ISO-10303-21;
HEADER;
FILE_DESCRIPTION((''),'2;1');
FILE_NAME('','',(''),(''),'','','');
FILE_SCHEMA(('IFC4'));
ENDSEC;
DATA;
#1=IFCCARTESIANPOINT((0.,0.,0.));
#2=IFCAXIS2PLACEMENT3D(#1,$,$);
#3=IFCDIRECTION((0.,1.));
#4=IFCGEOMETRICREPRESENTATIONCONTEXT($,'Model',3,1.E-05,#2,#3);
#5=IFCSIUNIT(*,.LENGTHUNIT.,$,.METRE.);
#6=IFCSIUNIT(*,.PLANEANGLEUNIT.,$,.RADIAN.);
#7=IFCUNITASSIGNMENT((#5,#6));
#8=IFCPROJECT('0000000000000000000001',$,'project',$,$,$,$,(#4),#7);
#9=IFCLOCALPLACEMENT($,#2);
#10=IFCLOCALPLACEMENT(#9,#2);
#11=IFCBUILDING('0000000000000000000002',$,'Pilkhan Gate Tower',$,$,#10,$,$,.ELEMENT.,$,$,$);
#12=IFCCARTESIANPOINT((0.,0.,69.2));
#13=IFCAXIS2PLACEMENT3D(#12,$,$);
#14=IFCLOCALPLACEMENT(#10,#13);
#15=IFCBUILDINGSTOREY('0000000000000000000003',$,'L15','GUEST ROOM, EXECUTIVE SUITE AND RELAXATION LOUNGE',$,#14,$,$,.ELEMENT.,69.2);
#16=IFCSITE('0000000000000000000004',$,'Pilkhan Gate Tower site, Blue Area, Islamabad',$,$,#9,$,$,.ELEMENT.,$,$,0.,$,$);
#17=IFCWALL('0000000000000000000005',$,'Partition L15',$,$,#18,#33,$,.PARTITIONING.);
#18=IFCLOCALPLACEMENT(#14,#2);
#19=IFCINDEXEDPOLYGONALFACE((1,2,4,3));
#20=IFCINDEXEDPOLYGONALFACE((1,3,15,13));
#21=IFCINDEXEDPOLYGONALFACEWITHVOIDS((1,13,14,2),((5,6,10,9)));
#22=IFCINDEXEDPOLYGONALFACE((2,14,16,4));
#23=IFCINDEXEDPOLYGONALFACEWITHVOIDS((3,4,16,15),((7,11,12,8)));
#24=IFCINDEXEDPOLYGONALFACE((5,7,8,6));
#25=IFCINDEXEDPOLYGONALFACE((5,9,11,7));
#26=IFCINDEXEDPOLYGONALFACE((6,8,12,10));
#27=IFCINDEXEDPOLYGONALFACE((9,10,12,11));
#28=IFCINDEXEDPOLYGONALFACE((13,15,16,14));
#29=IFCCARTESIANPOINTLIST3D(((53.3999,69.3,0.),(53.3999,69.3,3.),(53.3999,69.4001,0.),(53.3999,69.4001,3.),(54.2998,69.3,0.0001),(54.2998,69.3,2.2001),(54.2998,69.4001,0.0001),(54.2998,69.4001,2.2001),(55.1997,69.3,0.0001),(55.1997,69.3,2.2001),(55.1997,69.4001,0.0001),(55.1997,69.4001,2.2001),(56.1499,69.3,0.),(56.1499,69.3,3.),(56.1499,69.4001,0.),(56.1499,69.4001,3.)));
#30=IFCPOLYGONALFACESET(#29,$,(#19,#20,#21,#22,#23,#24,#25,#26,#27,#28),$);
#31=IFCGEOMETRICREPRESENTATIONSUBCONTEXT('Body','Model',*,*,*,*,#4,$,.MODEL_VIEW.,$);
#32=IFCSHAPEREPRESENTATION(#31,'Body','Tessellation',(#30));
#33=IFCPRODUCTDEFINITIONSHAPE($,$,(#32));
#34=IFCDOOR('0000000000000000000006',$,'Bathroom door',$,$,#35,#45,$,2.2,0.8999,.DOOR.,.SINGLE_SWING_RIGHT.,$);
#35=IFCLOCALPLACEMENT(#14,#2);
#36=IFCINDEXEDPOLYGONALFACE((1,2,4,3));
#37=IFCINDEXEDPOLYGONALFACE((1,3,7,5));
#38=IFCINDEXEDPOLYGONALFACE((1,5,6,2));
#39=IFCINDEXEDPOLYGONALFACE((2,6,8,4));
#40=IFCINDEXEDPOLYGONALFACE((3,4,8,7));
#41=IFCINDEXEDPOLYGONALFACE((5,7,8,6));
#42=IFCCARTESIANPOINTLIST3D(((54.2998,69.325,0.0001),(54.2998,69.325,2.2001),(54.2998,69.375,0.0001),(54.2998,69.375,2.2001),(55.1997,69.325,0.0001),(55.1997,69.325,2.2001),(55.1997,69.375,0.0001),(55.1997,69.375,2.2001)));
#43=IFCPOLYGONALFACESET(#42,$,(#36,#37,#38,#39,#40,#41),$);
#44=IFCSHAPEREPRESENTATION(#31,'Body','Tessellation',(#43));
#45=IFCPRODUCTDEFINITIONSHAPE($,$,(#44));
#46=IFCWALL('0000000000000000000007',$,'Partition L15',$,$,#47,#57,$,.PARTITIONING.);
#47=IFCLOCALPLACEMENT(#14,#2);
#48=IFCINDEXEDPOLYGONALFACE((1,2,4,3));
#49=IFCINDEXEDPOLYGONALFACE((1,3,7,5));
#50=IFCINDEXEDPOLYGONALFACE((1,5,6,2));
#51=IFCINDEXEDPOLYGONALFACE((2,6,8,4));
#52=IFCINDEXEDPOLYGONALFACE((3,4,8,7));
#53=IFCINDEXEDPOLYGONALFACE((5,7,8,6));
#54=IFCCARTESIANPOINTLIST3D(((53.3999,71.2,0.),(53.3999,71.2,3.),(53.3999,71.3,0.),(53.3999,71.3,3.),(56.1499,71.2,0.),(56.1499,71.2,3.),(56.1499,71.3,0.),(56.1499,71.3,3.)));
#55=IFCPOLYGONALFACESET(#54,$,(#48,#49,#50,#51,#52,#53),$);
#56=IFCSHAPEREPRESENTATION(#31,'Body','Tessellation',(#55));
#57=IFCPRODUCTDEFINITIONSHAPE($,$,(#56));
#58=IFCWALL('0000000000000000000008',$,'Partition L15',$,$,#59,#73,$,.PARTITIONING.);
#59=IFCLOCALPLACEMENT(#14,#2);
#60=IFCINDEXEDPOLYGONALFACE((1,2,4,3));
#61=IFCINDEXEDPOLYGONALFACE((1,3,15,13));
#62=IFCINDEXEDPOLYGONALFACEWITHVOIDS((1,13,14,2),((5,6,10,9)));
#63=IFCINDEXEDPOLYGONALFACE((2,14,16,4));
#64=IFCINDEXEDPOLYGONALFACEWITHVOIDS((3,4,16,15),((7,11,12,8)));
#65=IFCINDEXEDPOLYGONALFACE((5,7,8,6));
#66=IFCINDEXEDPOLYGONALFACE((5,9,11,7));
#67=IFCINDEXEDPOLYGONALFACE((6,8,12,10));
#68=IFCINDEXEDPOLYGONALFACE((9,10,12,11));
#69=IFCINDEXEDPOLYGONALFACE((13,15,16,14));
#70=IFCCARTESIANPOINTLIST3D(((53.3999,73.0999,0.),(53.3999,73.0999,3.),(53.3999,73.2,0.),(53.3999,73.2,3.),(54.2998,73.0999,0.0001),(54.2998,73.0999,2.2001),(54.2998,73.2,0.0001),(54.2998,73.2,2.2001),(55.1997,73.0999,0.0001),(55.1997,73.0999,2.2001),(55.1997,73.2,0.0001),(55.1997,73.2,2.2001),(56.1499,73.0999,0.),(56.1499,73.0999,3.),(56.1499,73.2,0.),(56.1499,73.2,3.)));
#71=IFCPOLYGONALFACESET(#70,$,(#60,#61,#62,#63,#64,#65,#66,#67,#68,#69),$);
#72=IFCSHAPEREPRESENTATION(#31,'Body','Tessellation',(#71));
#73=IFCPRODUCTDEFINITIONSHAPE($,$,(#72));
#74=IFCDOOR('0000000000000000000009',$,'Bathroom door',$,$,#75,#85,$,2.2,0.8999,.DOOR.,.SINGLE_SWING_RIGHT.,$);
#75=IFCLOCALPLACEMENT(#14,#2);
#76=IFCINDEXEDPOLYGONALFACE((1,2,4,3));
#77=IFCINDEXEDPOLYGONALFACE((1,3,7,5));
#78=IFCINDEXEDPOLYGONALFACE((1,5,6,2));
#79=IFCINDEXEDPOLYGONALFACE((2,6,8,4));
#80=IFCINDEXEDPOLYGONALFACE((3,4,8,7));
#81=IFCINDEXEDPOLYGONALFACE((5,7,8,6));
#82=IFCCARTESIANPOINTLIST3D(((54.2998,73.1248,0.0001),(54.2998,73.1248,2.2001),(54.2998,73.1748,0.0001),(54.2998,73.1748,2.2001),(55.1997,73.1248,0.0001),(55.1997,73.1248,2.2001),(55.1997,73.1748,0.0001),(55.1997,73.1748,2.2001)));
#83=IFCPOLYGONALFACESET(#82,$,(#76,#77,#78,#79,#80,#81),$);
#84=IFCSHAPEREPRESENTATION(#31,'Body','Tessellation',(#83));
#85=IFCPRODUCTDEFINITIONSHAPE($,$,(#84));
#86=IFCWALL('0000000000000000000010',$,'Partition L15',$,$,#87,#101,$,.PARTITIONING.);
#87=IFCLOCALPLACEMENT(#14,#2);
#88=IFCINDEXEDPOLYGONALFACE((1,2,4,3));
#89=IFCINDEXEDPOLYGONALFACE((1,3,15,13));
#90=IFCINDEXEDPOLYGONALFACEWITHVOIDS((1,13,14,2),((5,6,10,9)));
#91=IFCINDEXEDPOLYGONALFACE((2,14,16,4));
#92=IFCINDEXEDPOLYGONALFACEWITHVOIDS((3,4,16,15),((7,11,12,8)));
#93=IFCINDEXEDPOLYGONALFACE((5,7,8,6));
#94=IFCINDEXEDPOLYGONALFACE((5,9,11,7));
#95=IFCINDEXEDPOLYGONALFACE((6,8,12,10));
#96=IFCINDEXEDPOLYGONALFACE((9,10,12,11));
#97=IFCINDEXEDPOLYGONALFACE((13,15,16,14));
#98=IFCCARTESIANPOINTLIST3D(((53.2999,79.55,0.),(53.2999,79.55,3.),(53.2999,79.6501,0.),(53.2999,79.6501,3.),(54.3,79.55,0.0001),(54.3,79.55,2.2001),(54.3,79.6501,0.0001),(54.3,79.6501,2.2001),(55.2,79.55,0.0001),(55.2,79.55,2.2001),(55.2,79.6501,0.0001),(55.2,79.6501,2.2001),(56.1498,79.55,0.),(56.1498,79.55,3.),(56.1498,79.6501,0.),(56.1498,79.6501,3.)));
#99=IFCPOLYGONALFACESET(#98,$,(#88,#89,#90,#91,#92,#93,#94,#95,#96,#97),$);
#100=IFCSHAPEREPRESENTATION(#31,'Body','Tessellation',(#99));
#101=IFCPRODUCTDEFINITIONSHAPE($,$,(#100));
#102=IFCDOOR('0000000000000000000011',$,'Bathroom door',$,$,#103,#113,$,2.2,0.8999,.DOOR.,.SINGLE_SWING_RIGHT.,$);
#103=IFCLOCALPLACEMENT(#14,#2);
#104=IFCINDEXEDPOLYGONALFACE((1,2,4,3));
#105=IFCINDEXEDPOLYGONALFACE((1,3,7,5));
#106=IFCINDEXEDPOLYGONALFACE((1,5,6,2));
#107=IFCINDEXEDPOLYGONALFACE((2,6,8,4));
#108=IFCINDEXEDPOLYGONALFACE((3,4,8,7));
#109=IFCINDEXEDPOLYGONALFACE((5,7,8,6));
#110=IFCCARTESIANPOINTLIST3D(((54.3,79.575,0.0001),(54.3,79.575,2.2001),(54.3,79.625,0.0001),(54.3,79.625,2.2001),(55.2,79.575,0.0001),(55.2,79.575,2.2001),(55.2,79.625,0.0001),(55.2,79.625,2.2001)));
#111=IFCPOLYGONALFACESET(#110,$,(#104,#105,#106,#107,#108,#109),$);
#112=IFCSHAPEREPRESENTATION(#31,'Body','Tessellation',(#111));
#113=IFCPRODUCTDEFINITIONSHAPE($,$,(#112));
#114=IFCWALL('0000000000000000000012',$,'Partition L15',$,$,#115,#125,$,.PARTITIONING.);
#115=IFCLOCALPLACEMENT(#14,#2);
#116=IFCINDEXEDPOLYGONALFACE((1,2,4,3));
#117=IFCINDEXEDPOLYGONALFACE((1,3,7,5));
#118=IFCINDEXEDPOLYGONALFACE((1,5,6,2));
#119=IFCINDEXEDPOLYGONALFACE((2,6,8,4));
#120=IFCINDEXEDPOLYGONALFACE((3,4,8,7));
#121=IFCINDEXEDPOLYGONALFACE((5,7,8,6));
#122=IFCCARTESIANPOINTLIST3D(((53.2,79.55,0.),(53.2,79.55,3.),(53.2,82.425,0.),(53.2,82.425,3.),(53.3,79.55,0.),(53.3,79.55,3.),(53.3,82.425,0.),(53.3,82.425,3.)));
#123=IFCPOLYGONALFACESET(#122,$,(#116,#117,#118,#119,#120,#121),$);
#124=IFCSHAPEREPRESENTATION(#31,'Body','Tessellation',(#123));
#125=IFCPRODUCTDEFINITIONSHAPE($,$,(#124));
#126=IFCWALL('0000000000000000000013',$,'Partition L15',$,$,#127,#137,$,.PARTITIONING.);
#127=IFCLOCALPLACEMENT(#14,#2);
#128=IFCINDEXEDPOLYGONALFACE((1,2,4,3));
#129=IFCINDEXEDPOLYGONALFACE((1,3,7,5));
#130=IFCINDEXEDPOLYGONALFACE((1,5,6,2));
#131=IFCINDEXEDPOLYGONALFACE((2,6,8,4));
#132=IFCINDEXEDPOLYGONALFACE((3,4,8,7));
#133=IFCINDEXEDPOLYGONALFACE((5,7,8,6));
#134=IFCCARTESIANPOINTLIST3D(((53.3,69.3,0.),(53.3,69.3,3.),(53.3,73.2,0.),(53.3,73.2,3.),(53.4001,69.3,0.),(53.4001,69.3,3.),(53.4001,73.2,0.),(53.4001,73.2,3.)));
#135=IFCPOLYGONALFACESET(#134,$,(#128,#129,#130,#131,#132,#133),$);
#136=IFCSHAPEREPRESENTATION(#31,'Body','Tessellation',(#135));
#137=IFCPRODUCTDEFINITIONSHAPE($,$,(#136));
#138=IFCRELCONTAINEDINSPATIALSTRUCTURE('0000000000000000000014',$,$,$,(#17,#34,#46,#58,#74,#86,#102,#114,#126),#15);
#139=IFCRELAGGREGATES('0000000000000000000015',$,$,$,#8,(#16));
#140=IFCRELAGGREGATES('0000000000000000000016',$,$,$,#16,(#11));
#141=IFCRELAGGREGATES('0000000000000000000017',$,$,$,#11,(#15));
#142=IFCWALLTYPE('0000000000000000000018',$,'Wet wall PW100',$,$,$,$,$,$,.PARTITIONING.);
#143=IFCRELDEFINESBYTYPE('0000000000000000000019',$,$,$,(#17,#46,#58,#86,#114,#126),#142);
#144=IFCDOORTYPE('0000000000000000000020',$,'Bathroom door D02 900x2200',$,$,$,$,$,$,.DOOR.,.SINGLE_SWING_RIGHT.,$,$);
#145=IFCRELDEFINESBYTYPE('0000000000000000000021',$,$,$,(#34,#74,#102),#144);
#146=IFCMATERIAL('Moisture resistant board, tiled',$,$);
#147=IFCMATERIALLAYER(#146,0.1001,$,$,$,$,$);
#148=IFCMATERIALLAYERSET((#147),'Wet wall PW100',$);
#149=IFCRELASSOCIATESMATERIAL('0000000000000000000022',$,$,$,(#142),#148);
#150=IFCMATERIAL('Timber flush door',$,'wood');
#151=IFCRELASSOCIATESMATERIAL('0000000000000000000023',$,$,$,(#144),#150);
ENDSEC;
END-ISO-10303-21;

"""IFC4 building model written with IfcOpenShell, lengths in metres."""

from ifc_helpers import new_model, si_unit, direction, frame, frame_2d, origin, place, context, subcontext, project, spatial, rectangle, extrude, material, layer, layer_set, type_object, element, fill, save


model = new_model("IFC4")

# Units and contexts
model_context = context("Model", 3, precision=1e-05, world=origin(), true_north=direction((0.0, 1.0)))
body_context = subcontext(model_context, "Body", "Model", "MODEL_VIEW")
ifc_project = project(units=[si_unit("LENGTHUNIT", "METRE"), si_unit("PLANEANGLEUNIT", "RADIAN")], contexts=[model_context])

# Site, building, storey
site_placement = place(None, origin())
site = spatial("IfcSite", under=ifc_project, at=site_placement, Name="Pilkhan Gate Tower site, Blue Area, Islamabad", CompositionType="ELEMENT", RefElevation=0.0)
building_placement = place(site_placement, origin())
building = spatial("IfcBuilding", under=site, at=building_placement, Name="Pilkhan Gate Tower", CompositionType="ELEMENT")
storey_placement = place(building_placement, frame((0.0, 0.0, 69.2)))
storey = spatial("IfcBuildingStorey", under=building, at=storey_placement, Name="L15", Description="GUEST ROOM, EXECUTIVE SUITE AND RELAXATION LOUNGE", CompositionType="ELEMENT", Elevation=69.2)

# Wall, opening, door
ifc_material_1 = material(Name="Moisture resistant board, tiled")
ifc_layer_1 = layer(ifc_material_1, 0.1001)
ifc_layer_set_1 = layer_set([ifc_layer_1], Name="Wet wall PW100")
wall_type_1 = type_object("IfcWallType", Name="Wet wall PW100", PredefinedType="PARTITIONING", material=ifc_layer_set_1)
wall_1_placement = place(storey_placement, frame((53.3999, 69.3501, 0.0), z_axis=(0.0, 0.0, 1.0), x_axis=(1.0, 0.0, 0.0)))
wall_1 = element("IfcWall", 1, at=wall_1_placement, inside=storey, type_object=wall_type_1, Name="Partition L15", PredefinedType="PARTITIONING", context=body_context, shape_type="SweptSolid", body=[
    extrude(rectangle(XDim=2.75, YDim=0.1001, at=frame_2d((1.375, 0.0))), origin(), (0.0, 0.0, 1.0), 3.0),
])
opening_1_placement = place(wall_1_placement, frame((0.8999, 0.0, 0.0)))
opening_1 = element("IfcOpeningElement", 2, at=opening_1_placement, cuts=wall_1, PredefinedType="OPENING", context=body_context, shape_type="SweptSolid", body=[
    extrude(rectangle(XDim=0.8999, YDim=2.2, at=frame_2d((0.45, 1.1001))), frame((0.0, 0.0601, 0.0), z_axis=(0.0, -1.0, 0.0), x_axis=(1.0, 0.0, 0.0)), (0.0, 0.0, 1.0), 0.1201),
])
ifc_material_2 = material(Name="Timber flush door", Category="wood")
door_type_1 = type_object("IfcDoorType", Name="Bathroom door D02 900x2200", OperationType="SINGLE_SWING_RIGHT", PredefinedType="DOOR", material=ifc_material_2)
door_1_placement = place(opening_1_placement, origin())
door_1 = element("IfcDoor", 3, at=door_1_placement, inside=storey, type_object=door_type_1, Name="Bathroom door", OperationType="SINGLE_SWING_RIGHT", OverallHeight=2.2, OverallWidth=0.8999, PredefinedType="DOOR", context=body_context, shape_type="SweptSolid", body=[
    extrude(rectangle(XDim=0.8999, YDim=2.2, at=frame_2d((0.45, 1.1001))), frame((0.0, 0.0249, 0.0), z_axis=(0.0, -1.0, 0.0), x_axis=(1.0, 0.0, 0.0)), (0.0, 0.0, 1.0), 0.05),
])
fill(opening_1, door_1)

# Wall
wall_2_placement = place(storey_placement, frame((53.3999, 71.25, 0.0), z_axis=(0.0, 0.0, 1.0), x_axis=(1.0, 0.0, 0.0)))
element("IfcWall", 4, at=wall_2_placement, inside=storey, type_object=wall_type_1, Name="Partition L15", PredefinedType="PARTITIONING", context=body_context, shape_type="SweptSolid", body=[
    extrude(rectangle(XDim=2.75, YDim=0.1001, at=frame_2d((1.375, 0.0))), origin(), (0.0, 0.0, 1.0), 3.0),
])

# Walls, openings, doors
wall_3_placement = place(storey_placement, frame((53.3999, 73.1499, 0.0), z_axis=(0.0, 0.0, 1.0), x_axis=(1.0, 0.0, 0.0)))
wall_3 = element("IfcWall", 5, at=wall_3_placement, inside=storey, type_object=wall_type_1, Name="Partition L15", PredefinedType="PARTITIONING", context=body_context, shape_type="SweptSolid", body=[
    extrude(rectangle(XDim=2.75, YDim=0.1001, at=frame_2d((1.375, 0.0))), origin(), (0.0, 0.0, 1.0), 3.0),
])
opening_2_placement = place(wall_3_placement, frame((0.8999, 0.0, 0.0)))
opening_2 = element("IfcOpeningElement", 6, at=opening_2_placement, cuts=wall_3, PredefinedType="OPENING", context=body_context, shape_type="SweptSolid", body=[
    extrude(rectangle(XDim=0.8999, YDim=2.2, at=frame_2d((0.45, 1.1001))), frame((0.0, 0.0601, 0.0), z_axis=(0.0, -1.0, 0.0), x_axis=(1.0, 0.0, 0.0)), (0.0, 0.0, 1.0), 0.1201),
])
door_2_placement = place(opening_2_placement, origin())
door_2 = element("IfcDoor", 7, at=door_2_placement, inside=storey, type_object=door_type_1, Name="Bathroom door", OperationType="SINGLE_SWING_RIGHT", OverallHeight=2.2, OverallWidth=0.8999, PredefinedType="DOOR", context=body_context, shape_type="SweptSolid", body=[
    extrude(rectangle(XDim=0.8999, YDim=2.2, at=frame_2d((0.45, 1.1001))), frame((0.0, 0.0249, 0.0), z_axis=(0.0, -1.0, 0.0), x_axis=(1.0, 0.0, 0.0)), (0.0, 0.0, 1.0), 0.05),
])
fill(opening_2, door_2)
wall_4_placement = place(storey_placement, frame((53.3, 79.6001, 0.0), z_axis=(0.0, 0.0, 1.0), x_axis=(1.0, 0.0, 0.0)))
wall_4 = element("IfcWall", 8, at=wall_4_placement, inside=storey, type_object=wall_type_1, Name="Partition L15", PredefinedType="PARTITIONING", context=body_context, shape_type="SweptSolid", body=[
    extrude(rectangle(XDim=2.8499, YDim=0.1001, at=frame_2d((1.4248, 0.0))), origin(), (0.0, 0.0, 1.0), 3.0),
])
opening_3_placement = place(wall_4_placement, frame((1.0, 0.0, 0.0)))
opening_3 = element("IfcOpeningElement", 9, at=opening_3_placement, cuts=wall_4, PredefinedType="OPENING", context=body_context, shape_type="SweptSolid", body=[
    extrude(rectangle(XDim=0.8999, YDim=2.2, at=frame_2d((0.45, 1.1001))), frame((0.0, 0.0601, 0.0), z_axis=(0.0, -1.0, 0.0), x_axis=(1.0, 0.0, 0.0)), (0.0, 0.0, 1.0), 0.1201),
])
door_3_placement = place(opening_3_placement, origin())
door_3 = element("IfcDoor", 10, at=door_3_placement, inside=storey, type_object=door_type_1, Name="Bathroom door", OperationType="SINGLE_SWING_RIGHT", OverallHeight=2.2, OverallWidth=0.8999, PredefinedType="DOOR", context=body_context, shape_type="SweptSolid", body=[
    extrude(rectangle(XDim=0.8999, YDim=2.2, at=frame_2d((0.45, 1.1001))), frame((0.0, 0.0249, 0.0), z_axis=(0.0, -1.0, 0.0), x_axis=(1.0, 0.0, 0.0)), (0.0, 0.0, 1.0), 0.05),
])
fill(opening_3, door_3)

# Walls
wall_5_placement = place(storey_placement, frame((53.25, 79.55, 0.0), z_axis=(0.0, 0.0, 1.0), x_axis=(0.0, 1.0, 0.0)))
element("IfcWall", 11, at=wall_5_placement, inside=storey, type_object=wall_type_1, Name="Partition L15", PredefinedType="PARTITIONING", context=body_context, shape_type="SweptSolid", body=[
    extrude(rectangle(XDim=2.875, YDim=0.1001, at=frame_2d((1.4375, 0.0))), origin(), (0.0, 0.0, 1.0), 3.0),
])
wall_6_placement = place(storey_placement, frame((53.3501, 69.3, 0.0), z_axis=(0.0, 0.0, 1.0), x_axis=(0.0, 1.0, 0.0)))
element("IfcWall", 12, at=wall_6_placement, inside=storey, type_object=wall_type_1, Name="Partition L15", PredefinedType="PARTITIONING", context=body_context, shape_type="SweptSolid", body=[
    extrude(rectangle(XDim=3.8999, YDim=0.1001, at=frame_2d((1.95, 0.0))), origin(), (0.0, 0.0, 1.0), 3.0),
])

save(model, "model.ifc")
